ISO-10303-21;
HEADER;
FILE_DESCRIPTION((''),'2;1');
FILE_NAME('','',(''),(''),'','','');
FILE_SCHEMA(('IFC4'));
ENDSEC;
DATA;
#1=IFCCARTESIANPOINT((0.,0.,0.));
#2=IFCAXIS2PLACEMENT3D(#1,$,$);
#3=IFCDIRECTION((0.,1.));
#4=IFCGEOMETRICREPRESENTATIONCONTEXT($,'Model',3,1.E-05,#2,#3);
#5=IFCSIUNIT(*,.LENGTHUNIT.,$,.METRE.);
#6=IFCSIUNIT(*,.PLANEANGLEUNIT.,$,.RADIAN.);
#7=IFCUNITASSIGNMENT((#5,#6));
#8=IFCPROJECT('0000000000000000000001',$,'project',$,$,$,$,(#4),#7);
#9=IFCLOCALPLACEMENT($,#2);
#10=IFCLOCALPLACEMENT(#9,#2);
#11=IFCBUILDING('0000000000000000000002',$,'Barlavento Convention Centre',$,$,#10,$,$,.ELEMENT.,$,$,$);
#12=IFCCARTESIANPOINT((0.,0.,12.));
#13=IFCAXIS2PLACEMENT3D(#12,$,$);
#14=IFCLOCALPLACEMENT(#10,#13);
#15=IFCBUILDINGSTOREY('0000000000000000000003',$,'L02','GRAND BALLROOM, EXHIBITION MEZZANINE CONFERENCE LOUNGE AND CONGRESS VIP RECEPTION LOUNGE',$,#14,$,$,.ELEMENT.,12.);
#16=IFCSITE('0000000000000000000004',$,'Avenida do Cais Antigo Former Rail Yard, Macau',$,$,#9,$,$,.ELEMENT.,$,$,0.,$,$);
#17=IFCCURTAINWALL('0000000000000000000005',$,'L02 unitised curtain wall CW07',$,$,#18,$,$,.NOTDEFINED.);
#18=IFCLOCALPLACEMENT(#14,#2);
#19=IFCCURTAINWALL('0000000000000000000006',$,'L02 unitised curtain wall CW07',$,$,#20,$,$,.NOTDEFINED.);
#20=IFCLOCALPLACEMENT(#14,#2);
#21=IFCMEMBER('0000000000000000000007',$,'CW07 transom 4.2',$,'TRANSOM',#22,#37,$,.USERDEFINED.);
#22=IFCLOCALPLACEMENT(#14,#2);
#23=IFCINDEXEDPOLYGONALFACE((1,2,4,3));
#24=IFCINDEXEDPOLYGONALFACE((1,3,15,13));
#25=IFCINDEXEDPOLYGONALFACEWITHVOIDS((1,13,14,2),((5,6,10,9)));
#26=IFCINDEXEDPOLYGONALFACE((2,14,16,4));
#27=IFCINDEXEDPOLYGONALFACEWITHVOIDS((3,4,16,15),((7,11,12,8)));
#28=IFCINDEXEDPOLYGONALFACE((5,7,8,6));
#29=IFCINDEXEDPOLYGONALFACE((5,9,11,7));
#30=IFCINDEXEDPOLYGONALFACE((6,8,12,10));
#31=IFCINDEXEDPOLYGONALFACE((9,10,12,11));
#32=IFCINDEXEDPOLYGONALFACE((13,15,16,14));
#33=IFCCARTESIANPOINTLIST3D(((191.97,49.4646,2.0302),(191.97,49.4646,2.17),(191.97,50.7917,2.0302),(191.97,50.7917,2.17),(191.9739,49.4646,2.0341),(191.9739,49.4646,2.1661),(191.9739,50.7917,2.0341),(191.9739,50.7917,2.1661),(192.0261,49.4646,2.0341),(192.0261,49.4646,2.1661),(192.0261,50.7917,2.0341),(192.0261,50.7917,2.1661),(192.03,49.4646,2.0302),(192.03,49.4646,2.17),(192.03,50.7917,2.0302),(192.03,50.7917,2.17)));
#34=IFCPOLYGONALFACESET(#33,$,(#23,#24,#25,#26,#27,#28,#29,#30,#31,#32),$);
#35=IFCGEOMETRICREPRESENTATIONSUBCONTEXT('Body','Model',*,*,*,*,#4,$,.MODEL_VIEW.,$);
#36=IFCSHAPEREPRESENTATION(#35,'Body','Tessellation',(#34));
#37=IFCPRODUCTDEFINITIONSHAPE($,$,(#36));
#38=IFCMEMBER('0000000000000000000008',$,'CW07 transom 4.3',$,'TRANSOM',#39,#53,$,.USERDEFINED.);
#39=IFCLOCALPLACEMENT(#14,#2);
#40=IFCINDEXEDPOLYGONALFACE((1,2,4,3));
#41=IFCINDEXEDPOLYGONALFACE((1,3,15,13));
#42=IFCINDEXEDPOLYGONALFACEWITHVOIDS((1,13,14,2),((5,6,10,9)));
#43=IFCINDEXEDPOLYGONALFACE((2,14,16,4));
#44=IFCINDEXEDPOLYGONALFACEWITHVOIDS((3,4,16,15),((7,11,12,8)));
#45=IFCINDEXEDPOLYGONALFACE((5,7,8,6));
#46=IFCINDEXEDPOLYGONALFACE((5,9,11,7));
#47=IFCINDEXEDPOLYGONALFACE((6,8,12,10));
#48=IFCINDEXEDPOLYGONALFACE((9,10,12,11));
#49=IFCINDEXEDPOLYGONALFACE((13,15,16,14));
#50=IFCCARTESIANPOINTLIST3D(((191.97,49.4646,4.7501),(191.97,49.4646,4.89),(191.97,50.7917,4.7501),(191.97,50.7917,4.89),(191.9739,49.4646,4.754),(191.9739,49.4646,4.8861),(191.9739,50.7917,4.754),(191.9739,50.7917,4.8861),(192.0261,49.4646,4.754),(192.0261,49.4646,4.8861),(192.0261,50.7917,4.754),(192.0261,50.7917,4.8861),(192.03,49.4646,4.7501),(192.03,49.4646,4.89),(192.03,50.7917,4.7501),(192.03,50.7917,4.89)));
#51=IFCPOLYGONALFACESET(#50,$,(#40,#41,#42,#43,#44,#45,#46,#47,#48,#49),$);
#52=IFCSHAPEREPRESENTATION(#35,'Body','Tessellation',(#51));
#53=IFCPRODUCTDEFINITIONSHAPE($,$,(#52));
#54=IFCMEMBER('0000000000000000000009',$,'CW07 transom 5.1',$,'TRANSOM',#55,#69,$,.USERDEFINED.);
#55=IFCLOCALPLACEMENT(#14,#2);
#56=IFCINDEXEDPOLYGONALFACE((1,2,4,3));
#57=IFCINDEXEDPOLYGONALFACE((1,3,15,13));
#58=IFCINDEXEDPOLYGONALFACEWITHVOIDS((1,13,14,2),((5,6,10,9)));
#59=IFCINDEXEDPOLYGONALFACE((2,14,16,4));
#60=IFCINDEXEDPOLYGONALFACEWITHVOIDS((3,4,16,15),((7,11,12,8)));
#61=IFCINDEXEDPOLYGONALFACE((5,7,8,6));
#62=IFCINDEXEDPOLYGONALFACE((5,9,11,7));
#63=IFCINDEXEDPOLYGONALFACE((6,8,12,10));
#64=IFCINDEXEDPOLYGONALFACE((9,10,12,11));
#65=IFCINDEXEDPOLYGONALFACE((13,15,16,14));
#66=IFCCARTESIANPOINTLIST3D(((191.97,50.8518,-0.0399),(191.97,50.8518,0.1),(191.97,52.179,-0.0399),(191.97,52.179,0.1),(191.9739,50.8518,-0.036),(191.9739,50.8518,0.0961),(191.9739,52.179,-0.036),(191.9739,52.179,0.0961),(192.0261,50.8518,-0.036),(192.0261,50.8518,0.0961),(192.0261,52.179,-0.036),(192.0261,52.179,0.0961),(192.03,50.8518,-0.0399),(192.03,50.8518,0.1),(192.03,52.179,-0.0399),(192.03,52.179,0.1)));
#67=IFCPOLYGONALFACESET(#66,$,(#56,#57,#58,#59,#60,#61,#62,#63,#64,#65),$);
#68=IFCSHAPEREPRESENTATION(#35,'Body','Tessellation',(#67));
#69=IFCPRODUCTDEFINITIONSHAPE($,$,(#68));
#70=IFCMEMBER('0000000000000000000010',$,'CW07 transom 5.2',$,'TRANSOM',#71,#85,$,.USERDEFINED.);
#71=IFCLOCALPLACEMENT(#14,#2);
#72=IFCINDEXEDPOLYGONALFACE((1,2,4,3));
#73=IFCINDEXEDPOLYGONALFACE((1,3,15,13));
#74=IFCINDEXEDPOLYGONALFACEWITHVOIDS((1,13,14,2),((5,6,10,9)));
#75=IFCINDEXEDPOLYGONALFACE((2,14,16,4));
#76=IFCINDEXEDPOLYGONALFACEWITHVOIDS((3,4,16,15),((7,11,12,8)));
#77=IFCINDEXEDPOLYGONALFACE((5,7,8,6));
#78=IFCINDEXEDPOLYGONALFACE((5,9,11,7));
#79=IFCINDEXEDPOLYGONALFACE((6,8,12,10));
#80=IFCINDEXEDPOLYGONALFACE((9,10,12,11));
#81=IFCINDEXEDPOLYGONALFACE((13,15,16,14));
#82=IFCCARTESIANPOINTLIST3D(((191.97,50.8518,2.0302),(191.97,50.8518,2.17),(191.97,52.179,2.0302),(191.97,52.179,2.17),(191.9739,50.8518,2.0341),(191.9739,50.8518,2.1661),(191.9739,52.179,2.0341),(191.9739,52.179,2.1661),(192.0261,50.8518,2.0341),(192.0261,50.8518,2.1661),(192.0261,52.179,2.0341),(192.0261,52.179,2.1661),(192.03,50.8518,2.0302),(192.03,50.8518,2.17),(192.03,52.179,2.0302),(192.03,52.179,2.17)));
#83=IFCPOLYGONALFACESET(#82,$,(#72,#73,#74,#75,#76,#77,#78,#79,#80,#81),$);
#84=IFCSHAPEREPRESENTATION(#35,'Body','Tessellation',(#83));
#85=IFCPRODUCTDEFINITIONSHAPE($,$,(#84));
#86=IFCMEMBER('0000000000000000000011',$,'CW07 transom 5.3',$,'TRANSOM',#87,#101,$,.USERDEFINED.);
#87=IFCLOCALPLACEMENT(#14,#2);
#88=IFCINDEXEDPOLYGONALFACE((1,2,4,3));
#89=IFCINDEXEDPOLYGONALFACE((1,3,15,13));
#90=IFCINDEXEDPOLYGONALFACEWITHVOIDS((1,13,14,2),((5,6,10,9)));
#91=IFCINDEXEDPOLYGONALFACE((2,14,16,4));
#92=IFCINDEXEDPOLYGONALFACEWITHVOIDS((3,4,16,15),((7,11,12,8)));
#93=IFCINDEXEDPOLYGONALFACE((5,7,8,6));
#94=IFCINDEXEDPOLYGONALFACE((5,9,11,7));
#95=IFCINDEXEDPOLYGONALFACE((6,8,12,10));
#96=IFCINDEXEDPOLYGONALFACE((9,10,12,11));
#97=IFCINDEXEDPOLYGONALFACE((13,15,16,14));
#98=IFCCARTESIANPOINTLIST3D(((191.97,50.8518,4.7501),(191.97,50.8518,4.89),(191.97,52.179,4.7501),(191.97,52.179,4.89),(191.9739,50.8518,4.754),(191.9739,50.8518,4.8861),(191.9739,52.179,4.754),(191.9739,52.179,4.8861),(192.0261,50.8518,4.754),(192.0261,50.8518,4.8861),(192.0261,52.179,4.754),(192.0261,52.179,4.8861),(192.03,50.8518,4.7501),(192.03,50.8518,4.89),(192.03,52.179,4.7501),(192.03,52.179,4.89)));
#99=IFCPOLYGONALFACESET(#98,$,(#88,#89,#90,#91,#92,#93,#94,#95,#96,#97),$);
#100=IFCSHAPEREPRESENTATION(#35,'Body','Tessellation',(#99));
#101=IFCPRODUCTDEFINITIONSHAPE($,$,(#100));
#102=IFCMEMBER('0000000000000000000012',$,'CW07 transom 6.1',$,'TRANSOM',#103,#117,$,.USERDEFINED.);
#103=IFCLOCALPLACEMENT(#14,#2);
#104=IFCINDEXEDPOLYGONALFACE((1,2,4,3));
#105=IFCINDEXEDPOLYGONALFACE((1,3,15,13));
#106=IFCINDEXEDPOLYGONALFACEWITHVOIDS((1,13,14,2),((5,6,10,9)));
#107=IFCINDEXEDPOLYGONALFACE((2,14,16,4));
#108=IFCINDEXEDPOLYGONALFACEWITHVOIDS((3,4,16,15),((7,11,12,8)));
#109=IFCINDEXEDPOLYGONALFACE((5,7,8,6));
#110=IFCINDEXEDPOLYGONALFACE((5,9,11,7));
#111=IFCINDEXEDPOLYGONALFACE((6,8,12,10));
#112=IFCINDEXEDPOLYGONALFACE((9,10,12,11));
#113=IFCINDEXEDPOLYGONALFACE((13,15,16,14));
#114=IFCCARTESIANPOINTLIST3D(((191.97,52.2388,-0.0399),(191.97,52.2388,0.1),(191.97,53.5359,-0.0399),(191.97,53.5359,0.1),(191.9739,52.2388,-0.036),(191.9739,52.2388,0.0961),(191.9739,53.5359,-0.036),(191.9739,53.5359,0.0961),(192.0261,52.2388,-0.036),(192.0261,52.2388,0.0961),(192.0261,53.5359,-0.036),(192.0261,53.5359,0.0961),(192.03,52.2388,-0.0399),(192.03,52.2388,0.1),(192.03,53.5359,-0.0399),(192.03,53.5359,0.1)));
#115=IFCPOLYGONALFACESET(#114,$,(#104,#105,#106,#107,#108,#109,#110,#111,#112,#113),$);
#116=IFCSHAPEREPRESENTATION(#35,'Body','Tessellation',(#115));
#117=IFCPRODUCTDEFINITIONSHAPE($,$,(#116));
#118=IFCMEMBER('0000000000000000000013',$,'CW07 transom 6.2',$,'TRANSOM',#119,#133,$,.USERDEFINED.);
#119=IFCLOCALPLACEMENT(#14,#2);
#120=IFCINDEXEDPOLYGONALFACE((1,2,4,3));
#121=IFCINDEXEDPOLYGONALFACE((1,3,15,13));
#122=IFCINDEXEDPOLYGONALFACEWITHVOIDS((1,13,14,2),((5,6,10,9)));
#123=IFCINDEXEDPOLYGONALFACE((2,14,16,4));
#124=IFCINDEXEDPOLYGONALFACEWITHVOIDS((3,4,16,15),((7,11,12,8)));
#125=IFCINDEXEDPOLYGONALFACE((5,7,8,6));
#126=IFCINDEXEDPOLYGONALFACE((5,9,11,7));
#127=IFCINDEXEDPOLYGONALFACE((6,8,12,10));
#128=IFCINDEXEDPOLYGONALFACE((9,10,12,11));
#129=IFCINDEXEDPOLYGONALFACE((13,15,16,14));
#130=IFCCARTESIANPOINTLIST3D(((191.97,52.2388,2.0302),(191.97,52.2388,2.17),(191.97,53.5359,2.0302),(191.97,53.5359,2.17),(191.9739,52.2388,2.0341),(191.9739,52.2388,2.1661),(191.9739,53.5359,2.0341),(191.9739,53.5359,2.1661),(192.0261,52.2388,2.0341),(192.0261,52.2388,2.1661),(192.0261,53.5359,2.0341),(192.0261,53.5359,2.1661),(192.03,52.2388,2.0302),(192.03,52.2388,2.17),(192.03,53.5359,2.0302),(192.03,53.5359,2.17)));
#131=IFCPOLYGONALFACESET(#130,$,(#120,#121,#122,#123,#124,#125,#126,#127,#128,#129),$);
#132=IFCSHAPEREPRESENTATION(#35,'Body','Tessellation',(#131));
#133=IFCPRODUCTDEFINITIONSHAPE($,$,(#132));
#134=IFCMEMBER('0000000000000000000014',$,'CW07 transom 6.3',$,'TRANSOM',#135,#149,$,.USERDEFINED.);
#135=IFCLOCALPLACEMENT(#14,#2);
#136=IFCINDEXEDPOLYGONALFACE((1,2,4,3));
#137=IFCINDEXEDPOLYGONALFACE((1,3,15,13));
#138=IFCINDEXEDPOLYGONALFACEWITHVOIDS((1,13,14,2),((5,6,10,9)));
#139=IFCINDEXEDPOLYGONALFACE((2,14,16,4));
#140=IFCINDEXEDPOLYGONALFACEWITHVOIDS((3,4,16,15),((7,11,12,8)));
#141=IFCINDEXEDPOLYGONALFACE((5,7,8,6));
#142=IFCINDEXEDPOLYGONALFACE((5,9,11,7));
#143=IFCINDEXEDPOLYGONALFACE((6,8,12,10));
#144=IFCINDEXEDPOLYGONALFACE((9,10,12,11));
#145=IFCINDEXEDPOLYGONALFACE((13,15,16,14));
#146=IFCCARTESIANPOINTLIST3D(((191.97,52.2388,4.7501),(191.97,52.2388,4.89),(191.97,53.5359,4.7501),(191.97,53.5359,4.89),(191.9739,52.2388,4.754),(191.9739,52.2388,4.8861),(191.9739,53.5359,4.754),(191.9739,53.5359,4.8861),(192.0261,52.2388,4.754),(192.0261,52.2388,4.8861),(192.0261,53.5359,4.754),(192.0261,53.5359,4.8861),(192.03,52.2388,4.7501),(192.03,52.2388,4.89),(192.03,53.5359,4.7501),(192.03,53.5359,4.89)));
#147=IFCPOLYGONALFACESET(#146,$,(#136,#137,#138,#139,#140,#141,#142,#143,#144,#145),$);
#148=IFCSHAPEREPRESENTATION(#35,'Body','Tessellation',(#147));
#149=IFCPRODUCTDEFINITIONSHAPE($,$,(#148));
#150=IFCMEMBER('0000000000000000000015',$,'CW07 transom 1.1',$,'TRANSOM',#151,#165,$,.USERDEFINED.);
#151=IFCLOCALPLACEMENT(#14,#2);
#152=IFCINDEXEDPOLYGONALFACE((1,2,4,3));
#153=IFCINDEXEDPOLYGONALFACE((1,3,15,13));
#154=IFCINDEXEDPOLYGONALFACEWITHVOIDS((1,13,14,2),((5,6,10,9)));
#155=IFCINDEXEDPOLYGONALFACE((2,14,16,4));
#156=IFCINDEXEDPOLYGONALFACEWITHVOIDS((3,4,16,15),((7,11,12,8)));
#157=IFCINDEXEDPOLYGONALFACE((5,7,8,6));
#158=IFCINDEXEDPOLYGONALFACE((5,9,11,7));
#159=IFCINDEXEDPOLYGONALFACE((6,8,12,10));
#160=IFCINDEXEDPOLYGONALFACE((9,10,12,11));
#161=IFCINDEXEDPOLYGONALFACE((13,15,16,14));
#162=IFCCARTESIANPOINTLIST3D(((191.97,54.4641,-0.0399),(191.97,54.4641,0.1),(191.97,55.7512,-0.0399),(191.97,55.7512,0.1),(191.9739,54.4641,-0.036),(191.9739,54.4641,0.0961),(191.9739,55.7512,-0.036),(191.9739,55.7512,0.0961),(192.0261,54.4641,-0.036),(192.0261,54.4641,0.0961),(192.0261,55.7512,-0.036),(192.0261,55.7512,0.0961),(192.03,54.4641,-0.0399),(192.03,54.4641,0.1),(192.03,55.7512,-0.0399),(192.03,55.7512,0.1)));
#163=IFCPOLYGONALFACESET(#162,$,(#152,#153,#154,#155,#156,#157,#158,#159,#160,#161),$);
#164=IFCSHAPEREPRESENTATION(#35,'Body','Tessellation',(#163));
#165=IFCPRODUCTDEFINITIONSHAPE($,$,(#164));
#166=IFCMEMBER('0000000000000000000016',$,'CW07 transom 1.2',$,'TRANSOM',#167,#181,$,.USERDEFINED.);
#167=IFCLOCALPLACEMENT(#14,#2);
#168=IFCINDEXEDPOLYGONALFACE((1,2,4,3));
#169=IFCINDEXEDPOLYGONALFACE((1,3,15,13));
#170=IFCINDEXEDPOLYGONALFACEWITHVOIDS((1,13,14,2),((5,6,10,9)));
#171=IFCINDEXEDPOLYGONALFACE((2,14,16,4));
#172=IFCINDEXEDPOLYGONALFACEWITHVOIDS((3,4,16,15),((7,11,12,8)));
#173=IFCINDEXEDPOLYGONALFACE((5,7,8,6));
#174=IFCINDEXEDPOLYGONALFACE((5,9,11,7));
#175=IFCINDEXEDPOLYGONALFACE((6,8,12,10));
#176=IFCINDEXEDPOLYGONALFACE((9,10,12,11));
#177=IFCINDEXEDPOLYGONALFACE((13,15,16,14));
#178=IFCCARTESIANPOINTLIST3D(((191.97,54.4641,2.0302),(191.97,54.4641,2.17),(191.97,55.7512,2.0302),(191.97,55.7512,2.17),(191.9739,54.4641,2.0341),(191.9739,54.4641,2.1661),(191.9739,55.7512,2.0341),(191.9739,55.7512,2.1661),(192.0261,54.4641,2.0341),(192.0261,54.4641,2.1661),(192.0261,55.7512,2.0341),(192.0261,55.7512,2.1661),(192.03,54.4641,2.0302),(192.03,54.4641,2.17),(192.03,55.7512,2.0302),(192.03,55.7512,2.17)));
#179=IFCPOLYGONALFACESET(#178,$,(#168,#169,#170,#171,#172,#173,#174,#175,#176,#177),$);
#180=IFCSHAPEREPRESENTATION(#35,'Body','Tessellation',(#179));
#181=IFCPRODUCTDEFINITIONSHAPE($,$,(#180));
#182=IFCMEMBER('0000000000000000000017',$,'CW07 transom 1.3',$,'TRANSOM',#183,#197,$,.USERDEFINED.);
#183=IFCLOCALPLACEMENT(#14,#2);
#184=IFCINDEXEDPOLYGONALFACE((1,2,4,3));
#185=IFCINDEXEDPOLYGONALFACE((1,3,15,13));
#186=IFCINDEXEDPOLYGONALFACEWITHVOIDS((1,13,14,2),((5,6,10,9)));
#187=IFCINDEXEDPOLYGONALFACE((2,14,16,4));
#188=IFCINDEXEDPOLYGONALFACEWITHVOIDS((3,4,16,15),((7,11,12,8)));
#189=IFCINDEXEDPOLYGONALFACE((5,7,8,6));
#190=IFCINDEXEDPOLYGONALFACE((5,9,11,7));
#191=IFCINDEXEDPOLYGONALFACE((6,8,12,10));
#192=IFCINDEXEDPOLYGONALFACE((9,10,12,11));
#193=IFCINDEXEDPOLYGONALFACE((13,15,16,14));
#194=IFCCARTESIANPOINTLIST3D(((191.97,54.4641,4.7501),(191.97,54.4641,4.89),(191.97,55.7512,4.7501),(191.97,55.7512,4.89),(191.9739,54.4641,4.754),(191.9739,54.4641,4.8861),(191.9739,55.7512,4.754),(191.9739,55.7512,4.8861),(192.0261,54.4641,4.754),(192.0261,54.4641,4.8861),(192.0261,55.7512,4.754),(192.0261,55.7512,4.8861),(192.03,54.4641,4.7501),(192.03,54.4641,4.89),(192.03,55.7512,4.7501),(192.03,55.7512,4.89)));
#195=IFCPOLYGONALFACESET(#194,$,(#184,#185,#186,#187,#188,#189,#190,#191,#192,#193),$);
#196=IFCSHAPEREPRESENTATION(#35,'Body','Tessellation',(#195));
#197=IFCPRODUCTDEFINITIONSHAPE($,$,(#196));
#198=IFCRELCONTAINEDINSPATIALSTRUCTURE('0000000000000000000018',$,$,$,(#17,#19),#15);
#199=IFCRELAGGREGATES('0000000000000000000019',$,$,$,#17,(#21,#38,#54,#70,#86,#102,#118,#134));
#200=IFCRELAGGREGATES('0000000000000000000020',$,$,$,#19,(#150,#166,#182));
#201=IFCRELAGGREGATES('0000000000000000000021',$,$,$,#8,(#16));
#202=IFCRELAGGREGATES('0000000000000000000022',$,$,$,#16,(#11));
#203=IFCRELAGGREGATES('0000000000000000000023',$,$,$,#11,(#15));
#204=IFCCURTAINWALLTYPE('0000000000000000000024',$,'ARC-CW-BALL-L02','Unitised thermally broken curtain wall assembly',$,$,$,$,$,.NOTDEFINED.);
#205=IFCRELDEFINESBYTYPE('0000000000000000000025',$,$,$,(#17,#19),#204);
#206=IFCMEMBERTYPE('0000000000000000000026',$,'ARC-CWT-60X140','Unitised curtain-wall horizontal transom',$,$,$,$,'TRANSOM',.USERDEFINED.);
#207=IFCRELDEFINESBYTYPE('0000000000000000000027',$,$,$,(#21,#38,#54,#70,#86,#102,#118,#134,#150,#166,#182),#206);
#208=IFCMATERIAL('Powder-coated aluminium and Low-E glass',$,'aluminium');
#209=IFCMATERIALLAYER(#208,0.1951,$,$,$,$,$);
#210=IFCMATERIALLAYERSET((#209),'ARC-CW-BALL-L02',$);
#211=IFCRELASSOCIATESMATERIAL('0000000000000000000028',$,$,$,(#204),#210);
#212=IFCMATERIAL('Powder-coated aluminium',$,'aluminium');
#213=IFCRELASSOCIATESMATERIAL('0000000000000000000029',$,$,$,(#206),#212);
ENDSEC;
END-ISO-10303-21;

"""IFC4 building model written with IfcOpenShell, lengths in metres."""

from ifc_helpers import new_model, si_unit, direction, frame, origin, origin_2d, place, context, subcontext, project, spatial, hollow_rectangle, extrude, material, layer, layer_set, material_profile, profile_set, type_object, element, aggregate, save


model = new_model("IFC4")

# Units and contexts
model_context = context("Model", 3, precision=1e-05, world=origin(), true_north=direction((0.0, 1.0)))
body_context = subcontext(model_context, "Body", "Model", "MODEL_VIEW")
ifc_project = project(units=[si_unit("LENGTHUNIT", "METRE"), si_unit("PLANEANGLEUNIT", "RADIAN")], contexts=[model_context])

# Site, building, storey
site_placement = place(None, origin())
site = spatial("IfcSite", under=ifc_project, at=site_placement, Name="Avenida do Cais Antigo Former Rail Yard, Macau", CompositionType="ELEMENT", RefElevation=0.0)
building_placement = place(site_placement, origin())
building = spatial("IfcBuilding", under=site, at=building_placement, Name="Barlavento Convention Centre", CompositionType="ELEMENT")
storey_placement = place(building_placement, frame((0.0, 0.0, 12.0)))
storey = spatial("IfcBuildingStorey", under=building, at=storey_placement, Name="L02", Description="GRAND BALLROOM, EXHIBITION MEZZANINE CONFERENCE LOUNGE AND CONGRESS VIP RECEPTION LOUNGE", CompositionType="ELEMENT", Elevation=12.0)

# Curtain walls
ifc_material_1 = material(Name="Powder-coated aluminium and Low-E glass", Category="aluminium")
ifc_layer_1 = layer(ifc_material_1, 0.1951)
ifc_layer_set_1 = layer_set([ifc_layer_1], Name="ARC-CW-BALL-L02")
curtain_wall_type = type_object("IfcCurtainWallType", Name="ARC-CW-BALL-L02", Description="Unitised thermally broken curtain wall assembly", PredefinedType="NOTDEFINED", material=ifc_layer_set_1)
curtain_wall_1_placement = place(storey_placement, origin())
curtain_wall_1 = element("IfcCurtainWall", 1, at=curtain_wall_1_placement, inside=storey, type_object=curtain_wall_type, Name="L02 unitised curtain wall CW07", PredefinedType="NOTDEFINED")
ifc_material_2 = material(Name="Powder-coated aluminium", Category="aluminium")
curtain_wall_2_placement = place(storey_placement, origin())
curtain_wall_2 = element("IfcCurtainWall", 2, at=curtain_wall_2_placement, inside=storey, type_object=curtain_wall_type, Name="L02 unitised curtain wall CW07", PredefinedType="NOTDEFINED")

# Members
ifc_material_profile_1 = material_profile(ifc_material_2, hollow_rectangle(XDim=0.0601, YDim=0.1399, WallThickness=0.0039, at=origin_2d()), Name="AL-TRAN 60x140x4")
ifc_profile_set_1 = profile_set([ifc_material_profile_1], Name="Powder-coated aluminium")
member_type_1 = type_object("IfcMemberType", Name="ARC-CWT-60X140", Description="Unitised curtain-wall horizontal transom", ElementType="TRANSOM", PredefinedType="USERDEFINED", material=ifc_profile_set_1)
member_1_placement = place(storey_placement, frame((192.0, 49.4646, 2.1001), z_axis=(0.0, 1.0, 0.0), x_axis=(-1.0, 0.0, 0.0)))
member_1 = element("IfcMember", 3, at=member_1_placement, type_object=member_type_1, Name="CW07 transom 4.2", ObjectType="TRANSOM", PredefinedType="USERDEFINED", context=body_context, shape_type="SweptSolid", body=[
    extrude(hollow_rectangle(XDim=0.0601, YDim=0.1399, WallThickness=0.0039, at=origin_2d()), origin(), (0.0, 0.0, 1.0), 1.3271),
])
member_2_placement = place(storey_placement, frame((192.0, 49.4646, 4.8201), z_axis=(0.0, 1.0, 0.0), x_axis=(-1.0, 0.0, 0.0)))
member_2 = element("IfcMember", 4, at=member_2_placement, type_object=member_type_1, Name="CW07 transom 4.3", ObjectType="TRANSOM", PredefinedType="USERDEFINED", context=body_context, shape_type="SweptSolid", body=[
    extrude(hollow_rectangle(XDim=0.0601, YDim=0.1399, WallThickness=0.0039, at=origin_2d()), origin(), (0.0, 0.0, 1.0), 1.3271),
])
member_3_placement = place(storey_placement, frame((192.0, 50.8518, 0.03), z_axis=(0.0, 1.0, 0.0), x_axis=(-1.0, 0.0, 0.0)))
member_3 = element("IfcMember", 5, at=member_3_placement, type_object=member_type_1, Name="CW07 transom 5.1", ObjectType="TRANSOM", PredefinedType="USERDEFINED", context=body_context, shape_type="SweptSolid", body=[
    extrude(hollow_rectangle(XDim=0.0601, YDim=0.1399, WallThickness=0.0039, at=origin_2d()), origin(), (0.0, 0.0, 1.0), 1.3271),
])
member_4_placement = place(storey_placement, frame((192.0, 50.8518, 2.1001), z_axis=(0.0, 1.0, 0.0), x_axis=(-1.0, 0.0, 0.0)))
member_4 = element("IfcMember", 6, at=member_4_placement, type_object=member_type_1, Name="CW07 transom 5.2", ObjectType="TRANSOM", PredefinedType="USERDEFINED", context=body_context, shape_type="SweptSolid", body=[
    extrude(hollow_rectangle(XDim=0.0601, YDim=0.1399, WallThickness=0.0039, at=origin_2d()), origin(), (0.0, 0.0, 1.0), 1.3271),
])
member_5_placement = place(storey_placement, frame((192.0, 50.8518, 4.8201), z_axis=(0.0, 1.0, 0.0), x_axis=(-1.0, 0.0, 0.0)))
member_5 = element("IfcMember", 7, at=member_5_placement, type_object=member_type_1, Name="CW07 transom 5.3", ObjectType="TRANSOM", PredefinedType="USERDEFINED", context=body_context, shape_type="SweptSolid", body=[
    extrude(hollow_rectangle(XDim=0.0601, YDim=0.1399, WallThickness=0.0039, at=origin_2d()), origin(), (0.0, 0.0, 1.0), 1.3271),
])
member_6_placement = place(storey_placement, frame((192.0, 52.2388, 0.03), z_axis=(0.0, 1.0, 0.0), x_axis=(-1.0, 0.0, 0.0)))
member_6 = element("IfcMember", 8, at=member_6_placement, type_object=member_type_1, Name="CW07 transom 6.1", ObjectType="TRANSOM", PredefinedType="USERDEFINED", context=body_context, shape_type="SweptSolid", body=[
    extrude(hollow_rectangle(XDim=0.0601, YDim=0.1399, WallThickness=0.0039, at=origin_2d()), origin(), (0.0, 0.0, 1.0), 1.2971),
])
member_7_placement = place(storey_placement, frame((192.0, 52.2388, 2.1001), z_axis=(0.0, 1.0, 0.0), x_axis=(-1.0, 0.0, 0.0)))
member_7 = element("IfcMember", 9, at=member_7_placement, type_object=member_type_1, Name="CW07 transom 6.2", ObjectType="TRANSOM", PredefinedType="USERDEFINED", context=body_context, shape_type="SweptSolid", body=[
    extrude(hollow_rectangle(XDim=0.0601, YDim=0.1399, WallThickness=0.0039, at=origin_2d()), origin(), (0.0, 0.0, 1.0), 1.2971),
])
member_8_placement = place(storey_placement, frame((192.0, 52.2388, 4.8201), z_axis=(0.0, 1.0, 0.0), x_axis=(-1.0, 0.0, 0.0)))
member_8 = element("IfcMember", 10, at=member_8_placement, type_object=member_type_1, Name="CW07 transom 6.3", ObjectType="TRANSOM", PredefinedType="USERDEFINED", context=body_context, shape_type="SweptSolid", body=[
    extrude(hollow_rectangle(XDim=0.0601, YDim=0.1399, WallThickness=0.0039, at=origin_2d()), origin(), (0.0, 0.0, 1.0), 1.2971),
])
member_9_placement = place(storey_placement, frame((192.0, 54.4641, 0.03), z_axis=(0.0, 1.0, 0.0), x_axis=(-1.0, 0.0, 0.0)))
member_9 = element("IfcMember", 11, at=member_9_placement, type_object=member_type_1, Name="CW07 transom 1.1", ObjectType="TRANSOM", PredefinedType="USERDEFINED", context=body_context, shape_type="SweptSolid", body=[
    extrude(hollow_rectangle(XDim=0.0601, YDim=0.1399, WallThickness=0.0039, at=origin_2d()), origin(), (0.0, 0.0, 1.0), 1.2871),
])
member_10_placement = place(storey_placement, frame((192.0, 54.4641, 2.1001), z_axis=(0.0, 1.0, 0.0), x_axis=(-1.0, 0.0, 0.0)))
member_10 = element("IfcMember", 12, at=member_10_placement, type_object=member_type_1, Name="CW07 transom 1.2", ObjectType="TRANSOM", PredefinedType="USERDEFINED", context=body_context, shape_type="SweptSolid", body=[
    extrude(hollow_rectangle(XDim=0.0601, YDim=0.1399, WallThickness=0.0039, at=origin_2d()), origin(), (0.0, 0.0, 1.0), 1.2871),
])
member_11_placement = place(storey_placement, frame((192.0, 54.4641, 4.8201), z_axis=(0.0, 1.0, 0.0), x_axis=(-1.0, 0.0, 0.0)))
member_11 = element("IfcMember", 13, at=member_11_placement, type_object=member_type_1, Name="CW07 transom 1.3", ObjectType="TRANSOM", PredefinedType="USERDEFINED", context=body_context, shape_type="SweptSolid", body=[
    extrude(hollow_rectangle(XDim=0.0601, YDim=0.1399, WallThickness=0.0039, at=origin_2d()), origin(), (0.0, 0.0, 1.0), 1.2871),
])

aggregate(curtain_wall_1, [member_1, member_2, member_3, member_4, member_5, member_6, member_7, member_8])
aggregate(curtain_wall_2, [member_9, member_10, member_11])

save(model, "model.ifc")
